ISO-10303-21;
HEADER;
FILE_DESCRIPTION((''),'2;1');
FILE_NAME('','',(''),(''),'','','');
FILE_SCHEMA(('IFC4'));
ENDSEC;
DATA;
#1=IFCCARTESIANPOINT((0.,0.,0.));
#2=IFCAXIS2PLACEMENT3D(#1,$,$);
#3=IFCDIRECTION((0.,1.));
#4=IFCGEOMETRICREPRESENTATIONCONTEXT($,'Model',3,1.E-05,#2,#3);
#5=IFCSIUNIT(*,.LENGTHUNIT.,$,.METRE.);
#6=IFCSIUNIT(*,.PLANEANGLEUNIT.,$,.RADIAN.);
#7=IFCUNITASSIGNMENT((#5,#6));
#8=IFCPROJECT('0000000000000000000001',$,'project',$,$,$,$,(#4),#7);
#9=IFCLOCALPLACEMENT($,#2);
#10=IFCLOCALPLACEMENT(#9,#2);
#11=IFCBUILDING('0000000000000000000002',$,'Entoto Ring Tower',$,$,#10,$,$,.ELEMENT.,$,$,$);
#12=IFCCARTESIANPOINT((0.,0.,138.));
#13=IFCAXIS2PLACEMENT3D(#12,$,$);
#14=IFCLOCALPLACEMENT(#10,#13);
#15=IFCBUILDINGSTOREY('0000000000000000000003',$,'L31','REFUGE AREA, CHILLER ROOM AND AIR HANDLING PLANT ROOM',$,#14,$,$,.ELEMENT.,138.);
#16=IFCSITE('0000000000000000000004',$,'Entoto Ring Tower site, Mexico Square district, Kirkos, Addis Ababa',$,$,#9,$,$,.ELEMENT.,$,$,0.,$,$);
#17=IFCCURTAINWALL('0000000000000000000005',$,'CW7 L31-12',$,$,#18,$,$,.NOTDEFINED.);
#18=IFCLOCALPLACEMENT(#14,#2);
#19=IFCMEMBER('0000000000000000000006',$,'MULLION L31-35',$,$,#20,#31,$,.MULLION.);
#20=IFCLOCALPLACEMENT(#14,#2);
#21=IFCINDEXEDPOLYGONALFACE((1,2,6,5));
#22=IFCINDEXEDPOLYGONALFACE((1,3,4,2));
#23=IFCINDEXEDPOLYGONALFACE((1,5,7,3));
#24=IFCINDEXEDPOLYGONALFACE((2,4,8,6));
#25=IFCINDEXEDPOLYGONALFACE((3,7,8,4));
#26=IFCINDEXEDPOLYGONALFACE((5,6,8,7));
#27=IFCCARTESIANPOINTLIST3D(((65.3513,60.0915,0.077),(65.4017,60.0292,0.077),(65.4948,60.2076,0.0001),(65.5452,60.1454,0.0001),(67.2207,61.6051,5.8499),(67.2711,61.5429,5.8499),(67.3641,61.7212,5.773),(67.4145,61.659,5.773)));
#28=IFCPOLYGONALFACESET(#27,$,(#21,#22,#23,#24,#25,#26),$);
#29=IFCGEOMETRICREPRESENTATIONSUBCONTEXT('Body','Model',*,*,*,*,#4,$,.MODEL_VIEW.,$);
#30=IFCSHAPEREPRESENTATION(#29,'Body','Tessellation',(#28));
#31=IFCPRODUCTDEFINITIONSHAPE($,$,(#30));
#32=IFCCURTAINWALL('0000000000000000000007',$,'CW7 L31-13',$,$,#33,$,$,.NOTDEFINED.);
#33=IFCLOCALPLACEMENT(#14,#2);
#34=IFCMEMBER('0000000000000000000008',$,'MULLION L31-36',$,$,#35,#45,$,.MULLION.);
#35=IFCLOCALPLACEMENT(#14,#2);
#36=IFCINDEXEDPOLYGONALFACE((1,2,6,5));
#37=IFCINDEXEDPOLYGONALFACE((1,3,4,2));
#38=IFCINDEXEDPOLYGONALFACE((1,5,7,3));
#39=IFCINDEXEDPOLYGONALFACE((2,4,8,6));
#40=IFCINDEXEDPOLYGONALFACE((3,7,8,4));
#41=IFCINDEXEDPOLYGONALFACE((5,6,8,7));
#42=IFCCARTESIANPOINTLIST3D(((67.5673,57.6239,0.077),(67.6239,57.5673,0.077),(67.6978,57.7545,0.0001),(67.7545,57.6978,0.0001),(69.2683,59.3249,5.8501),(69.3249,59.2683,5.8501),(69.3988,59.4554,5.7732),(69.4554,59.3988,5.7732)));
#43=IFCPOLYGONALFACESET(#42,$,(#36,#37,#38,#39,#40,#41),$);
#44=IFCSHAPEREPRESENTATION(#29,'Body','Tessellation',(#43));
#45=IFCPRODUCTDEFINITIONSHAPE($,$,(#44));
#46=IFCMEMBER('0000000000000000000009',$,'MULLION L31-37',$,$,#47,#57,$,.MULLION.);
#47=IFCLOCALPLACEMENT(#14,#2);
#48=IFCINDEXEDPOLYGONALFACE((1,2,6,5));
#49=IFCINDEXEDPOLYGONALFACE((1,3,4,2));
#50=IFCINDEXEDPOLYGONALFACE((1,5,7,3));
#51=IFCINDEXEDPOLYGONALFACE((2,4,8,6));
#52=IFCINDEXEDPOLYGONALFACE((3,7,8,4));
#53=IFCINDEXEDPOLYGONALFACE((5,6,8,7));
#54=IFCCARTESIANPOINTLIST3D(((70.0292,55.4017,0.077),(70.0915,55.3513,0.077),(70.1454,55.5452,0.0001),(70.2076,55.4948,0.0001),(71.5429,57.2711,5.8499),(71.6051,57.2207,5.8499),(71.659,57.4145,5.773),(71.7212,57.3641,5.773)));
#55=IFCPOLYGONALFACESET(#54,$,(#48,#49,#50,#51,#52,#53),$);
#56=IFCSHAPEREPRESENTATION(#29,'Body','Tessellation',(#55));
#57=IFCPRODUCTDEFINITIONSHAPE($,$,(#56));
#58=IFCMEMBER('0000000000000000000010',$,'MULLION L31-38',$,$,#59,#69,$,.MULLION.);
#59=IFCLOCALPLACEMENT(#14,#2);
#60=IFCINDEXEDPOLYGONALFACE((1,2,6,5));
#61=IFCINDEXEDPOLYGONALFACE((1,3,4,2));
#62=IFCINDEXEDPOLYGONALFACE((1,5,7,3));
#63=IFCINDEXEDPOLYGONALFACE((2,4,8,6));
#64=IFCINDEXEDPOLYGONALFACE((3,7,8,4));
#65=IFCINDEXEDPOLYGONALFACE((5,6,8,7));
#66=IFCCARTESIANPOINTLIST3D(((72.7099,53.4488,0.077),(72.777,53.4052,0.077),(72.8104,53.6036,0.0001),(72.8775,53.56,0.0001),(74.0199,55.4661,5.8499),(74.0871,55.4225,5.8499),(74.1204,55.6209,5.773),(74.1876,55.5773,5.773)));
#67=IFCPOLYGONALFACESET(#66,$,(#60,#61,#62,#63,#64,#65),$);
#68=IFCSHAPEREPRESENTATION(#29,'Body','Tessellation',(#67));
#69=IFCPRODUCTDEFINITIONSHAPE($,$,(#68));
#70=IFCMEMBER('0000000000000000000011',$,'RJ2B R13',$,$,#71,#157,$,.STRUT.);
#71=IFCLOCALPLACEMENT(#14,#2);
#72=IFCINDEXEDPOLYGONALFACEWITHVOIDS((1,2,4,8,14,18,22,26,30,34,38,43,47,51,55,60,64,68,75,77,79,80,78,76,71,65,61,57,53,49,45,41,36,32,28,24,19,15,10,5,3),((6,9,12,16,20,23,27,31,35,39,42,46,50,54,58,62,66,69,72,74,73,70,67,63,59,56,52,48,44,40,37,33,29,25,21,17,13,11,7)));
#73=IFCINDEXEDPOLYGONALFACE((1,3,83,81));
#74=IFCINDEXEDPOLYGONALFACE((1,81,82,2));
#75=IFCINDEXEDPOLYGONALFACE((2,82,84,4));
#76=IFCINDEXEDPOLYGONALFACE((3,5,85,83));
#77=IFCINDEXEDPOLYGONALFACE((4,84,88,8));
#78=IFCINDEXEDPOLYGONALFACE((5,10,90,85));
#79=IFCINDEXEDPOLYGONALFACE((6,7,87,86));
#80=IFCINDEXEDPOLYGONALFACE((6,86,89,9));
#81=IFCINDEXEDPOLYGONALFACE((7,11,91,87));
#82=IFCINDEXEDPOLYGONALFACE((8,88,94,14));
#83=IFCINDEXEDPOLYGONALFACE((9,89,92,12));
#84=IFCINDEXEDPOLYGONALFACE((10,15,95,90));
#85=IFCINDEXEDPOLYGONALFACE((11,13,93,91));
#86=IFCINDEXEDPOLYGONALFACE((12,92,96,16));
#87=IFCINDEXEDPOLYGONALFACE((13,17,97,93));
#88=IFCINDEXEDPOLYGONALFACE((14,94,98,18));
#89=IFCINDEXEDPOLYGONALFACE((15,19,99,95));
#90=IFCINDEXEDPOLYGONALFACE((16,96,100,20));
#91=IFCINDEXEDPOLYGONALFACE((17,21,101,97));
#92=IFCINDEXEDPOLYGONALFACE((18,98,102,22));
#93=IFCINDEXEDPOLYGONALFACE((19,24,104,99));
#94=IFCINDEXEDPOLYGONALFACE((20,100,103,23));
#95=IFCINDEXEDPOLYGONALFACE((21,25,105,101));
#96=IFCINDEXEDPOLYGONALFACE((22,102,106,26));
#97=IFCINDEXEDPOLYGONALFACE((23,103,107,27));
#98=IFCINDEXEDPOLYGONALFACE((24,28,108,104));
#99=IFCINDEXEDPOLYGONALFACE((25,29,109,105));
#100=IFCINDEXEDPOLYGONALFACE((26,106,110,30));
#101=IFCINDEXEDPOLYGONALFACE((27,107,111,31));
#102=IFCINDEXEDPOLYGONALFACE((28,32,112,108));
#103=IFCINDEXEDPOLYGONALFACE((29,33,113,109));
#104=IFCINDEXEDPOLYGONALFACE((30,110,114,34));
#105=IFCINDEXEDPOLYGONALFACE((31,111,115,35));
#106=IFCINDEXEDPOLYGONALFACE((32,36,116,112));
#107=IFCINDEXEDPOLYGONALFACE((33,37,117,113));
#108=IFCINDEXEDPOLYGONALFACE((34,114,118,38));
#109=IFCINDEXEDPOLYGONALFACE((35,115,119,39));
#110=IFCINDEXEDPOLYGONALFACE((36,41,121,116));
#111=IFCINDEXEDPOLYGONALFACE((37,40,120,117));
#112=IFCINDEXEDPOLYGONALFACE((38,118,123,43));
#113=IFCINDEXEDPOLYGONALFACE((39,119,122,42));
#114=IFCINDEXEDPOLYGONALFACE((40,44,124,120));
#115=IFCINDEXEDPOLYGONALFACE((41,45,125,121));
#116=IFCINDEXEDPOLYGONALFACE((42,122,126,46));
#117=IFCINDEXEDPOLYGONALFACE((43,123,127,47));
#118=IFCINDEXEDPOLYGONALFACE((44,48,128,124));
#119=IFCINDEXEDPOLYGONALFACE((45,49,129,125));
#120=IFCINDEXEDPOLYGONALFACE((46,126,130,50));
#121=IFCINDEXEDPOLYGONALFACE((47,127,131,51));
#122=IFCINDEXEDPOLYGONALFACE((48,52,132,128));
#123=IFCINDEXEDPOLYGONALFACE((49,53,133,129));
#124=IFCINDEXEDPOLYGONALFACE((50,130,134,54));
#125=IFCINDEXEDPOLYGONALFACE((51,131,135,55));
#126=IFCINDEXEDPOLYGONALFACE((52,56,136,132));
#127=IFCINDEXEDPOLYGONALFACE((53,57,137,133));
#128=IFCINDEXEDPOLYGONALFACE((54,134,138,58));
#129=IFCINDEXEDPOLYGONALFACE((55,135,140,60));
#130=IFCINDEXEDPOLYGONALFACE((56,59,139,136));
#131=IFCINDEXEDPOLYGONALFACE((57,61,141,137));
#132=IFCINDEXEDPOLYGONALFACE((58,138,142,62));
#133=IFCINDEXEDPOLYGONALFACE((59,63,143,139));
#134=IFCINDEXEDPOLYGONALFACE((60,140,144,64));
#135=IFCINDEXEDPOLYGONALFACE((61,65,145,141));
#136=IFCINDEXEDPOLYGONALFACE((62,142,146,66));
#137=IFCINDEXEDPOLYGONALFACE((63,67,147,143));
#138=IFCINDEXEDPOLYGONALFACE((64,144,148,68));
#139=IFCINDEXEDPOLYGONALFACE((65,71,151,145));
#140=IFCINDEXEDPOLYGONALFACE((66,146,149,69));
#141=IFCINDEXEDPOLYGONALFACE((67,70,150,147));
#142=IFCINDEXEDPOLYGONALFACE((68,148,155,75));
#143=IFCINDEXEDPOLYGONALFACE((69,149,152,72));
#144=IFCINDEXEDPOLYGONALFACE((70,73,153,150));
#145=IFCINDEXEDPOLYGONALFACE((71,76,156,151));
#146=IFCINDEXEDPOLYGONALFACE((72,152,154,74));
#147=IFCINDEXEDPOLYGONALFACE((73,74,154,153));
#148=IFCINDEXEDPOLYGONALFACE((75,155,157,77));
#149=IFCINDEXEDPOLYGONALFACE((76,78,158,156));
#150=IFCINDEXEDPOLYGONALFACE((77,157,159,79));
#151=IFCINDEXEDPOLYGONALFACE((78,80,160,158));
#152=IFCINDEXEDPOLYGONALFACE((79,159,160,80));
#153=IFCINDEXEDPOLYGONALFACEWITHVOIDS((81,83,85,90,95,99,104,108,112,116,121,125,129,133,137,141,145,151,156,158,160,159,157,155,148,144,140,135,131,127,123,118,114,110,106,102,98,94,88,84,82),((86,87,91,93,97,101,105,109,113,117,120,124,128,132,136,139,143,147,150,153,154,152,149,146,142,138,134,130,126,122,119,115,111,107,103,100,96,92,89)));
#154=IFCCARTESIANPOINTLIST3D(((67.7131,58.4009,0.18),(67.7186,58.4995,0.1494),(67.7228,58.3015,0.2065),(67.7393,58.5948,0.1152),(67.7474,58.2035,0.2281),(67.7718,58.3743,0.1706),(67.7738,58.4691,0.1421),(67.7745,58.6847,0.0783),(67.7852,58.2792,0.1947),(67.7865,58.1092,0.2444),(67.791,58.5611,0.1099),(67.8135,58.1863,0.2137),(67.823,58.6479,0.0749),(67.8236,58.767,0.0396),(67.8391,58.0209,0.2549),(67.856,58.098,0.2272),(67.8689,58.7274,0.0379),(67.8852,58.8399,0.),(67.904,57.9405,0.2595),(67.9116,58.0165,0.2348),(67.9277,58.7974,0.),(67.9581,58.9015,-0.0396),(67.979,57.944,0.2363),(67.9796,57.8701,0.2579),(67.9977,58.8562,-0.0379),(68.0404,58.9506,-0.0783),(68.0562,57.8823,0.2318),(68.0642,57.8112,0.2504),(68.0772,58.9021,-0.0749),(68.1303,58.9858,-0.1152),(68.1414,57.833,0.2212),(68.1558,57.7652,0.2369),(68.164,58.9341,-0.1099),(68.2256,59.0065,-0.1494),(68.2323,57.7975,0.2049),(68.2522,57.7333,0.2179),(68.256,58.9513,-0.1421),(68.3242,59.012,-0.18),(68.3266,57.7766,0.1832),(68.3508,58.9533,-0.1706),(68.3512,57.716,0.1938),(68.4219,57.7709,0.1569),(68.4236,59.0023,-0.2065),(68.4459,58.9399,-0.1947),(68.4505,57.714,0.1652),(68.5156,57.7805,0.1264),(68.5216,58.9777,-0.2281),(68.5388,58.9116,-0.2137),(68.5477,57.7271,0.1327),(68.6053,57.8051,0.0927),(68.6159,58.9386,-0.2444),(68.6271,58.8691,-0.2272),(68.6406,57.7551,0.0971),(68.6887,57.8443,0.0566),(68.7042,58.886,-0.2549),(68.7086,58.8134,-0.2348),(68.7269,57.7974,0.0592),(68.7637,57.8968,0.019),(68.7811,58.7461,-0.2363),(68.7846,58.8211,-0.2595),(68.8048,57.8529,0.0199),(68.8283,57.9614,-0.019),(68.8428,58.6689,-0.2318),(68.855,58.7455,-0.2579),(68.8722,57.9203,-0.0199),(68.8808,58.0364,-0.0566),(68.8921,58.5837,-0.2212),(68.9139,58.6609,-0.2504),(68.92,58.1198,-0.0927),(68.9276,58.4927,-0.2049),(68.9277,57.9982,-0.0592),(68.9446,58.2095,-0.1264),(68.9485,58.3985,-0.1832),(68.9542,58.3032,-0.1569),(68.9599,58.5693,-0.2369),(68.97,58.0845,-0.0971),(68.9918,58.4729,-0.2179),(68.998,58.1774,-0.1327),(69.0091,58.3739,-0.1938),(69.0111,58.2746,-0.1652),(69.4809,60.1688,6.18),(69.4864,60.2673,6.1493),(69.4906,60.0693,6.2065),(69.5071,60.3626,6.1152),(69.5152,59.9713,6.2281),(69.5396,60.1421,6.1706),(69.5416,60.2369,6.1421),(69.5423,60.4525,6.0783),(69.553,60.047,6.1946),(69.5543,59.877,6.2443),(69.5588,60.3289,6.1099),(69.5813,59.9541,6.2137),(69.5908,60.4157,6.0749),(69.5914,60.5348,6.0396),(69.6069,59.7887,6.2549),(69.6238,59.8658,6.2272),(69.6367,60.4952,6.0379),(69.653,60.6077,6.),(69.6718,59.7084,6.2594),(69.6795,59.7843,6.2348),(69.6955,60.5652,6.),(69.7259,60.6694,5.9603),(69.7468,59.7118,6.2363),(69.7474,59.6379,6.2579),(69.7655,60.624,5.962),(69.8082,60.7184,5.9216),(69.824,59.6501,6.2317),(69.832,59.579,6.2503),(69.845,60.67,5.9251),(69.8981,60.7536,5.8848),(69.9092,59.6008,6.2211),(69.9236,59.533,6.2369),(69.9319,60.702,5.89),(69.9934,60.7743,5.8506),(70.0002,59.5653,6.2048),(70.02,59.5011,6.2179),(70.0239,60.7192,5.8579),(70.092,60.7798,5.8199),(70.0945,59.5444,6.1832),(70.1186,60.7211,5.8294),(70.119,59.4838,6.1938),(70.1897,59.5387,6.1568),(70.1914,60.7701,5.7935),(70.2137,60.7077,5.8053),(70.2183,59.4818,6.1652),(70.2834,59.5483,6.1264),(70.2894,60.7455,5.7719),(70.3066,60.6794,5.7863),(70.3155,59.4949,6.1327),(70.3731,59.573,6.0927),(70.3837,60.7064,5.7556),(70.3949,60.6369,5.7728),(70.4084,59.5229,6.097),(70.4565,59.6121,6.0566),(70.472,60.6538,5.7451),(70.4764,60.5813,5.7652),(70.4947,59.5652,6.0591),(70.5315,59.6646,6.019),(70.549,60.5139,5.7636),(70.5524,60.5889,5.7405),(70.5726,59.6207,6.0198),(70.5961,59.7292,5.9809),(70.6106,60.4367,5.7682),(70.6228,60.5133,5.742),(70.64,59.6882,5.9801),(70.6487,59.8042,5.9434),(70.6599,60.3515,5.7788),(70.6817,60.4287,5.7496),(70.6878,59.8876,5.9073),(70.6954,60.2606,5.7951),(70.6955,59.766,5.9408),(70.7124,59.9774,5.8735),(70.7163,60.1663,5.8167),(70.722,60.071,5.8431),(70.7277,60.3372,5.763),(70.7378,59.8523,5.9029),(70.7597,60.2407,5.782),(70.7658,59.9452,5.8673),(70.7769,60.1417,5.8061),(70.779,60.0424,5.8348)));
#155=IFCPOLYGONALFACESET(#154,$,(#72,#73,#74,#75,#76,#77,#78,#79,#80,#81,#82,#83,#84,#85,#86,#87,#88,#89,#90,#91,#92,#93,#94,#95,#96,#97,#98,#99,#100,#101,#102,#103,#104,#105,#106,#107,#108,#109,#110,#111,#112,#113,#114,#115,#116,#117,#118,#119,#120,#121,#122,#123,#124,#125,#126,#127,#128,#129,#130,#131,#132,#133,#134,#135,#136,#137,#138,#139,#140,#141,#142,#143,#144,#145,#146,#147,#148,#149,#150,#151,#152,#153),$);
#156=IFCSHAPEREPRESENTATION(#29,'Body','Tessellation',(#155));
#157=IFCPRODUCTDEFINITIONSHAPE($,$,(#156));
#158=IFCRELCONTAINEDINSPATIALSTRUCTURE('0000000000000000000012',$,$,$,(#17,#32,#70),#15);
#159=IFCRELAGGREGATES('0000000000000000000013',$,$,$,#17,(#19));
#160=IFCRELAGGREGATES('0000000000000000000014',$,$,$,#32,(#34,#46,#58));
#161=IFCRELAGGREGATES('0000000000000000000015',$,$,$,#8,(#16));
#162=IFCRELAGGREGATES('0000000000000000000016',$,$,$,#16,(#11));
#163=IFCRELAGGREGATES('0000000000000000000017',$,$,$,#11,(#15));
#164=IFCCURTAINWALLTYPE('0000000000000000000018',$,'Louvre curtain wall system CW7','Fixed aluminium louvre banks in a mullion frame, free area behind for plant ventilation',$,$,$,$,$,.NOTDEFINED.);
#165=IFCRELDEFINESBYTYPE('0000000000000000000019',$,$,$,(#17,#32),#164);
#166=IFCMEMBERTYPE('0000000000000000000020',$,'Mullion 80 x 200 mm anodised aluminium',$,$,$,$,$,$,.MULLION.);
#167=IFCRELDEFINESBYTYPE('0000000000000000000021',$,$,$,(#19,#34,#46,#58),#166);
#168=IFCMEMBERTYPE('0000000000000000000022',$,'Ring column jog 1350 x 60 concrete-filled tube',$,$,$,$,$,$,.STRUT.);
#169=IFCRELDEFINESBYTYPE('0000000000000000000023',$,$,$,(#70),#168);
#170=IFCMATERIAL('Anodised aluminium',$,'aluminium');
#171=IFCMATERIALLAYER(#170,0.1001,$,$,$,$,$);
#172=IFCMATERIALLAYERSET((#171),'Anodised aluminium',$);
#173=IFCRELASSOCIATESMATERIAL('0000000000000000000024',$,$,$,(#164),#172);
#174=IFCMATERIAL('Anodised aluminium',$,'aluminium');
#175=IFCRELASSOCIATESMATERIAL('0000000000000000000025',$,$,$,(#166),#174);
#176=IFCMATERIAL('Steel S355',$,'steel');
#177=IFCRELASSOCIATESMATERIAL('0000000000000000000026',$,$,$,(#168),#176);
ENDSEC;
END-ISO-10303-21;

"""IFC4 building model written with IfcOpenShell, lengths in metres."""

from ifc_helpers import new_model, si_unit, direction, frame, origin, origin_2d, place, context, subcontext, project, spatial, rectangle, circle, hollow_circle, extrude, material, layer, layer_set, material_profile, profile_set, type_object, element, aggregate, save


model = new_model("IFC4")

# Units and contexts
model_context = context("Model", 3, precision=1e-05, world=origin(), true_north=direction((0.0, 1.0)))
body_context = subcontext(model_context, "Body", "Model", "MODEL_VIEW")
ifc_project = project(units=[si_unit("LENGTHUNIT", "METRE"), si_unit("PLANEANGLEUNIT", "RADIAN")], contexts=[model_context])

# Site, building, storey
site_placement = place(None, origin())
site = spatial("IfcSite", under=ifc_project, at=site_placement, Name="Entoto Ring Tower site, Mexico Square district, Kirkos, Addis Ababa", CompositionType="ELEMENT", RefElevation=0.0)
building_placement = place(site_placement, origin())
building = spatial("IfcBuilding", under=site, at=building_placement, Name="Entoto Ring Tower", CompositionType="ELEMENT")
storey_placement = place(building_placement, frame((0.0, 0.0, 138.0)))
storey = spatial("IfcBuildingStorey", under=building, at=storey_placement, Name="L31", Description="REFUGE AREA, CHILLER ROOM AND AIR HANDLING PLANT ROOM", CompositionType="ELEMENT", Elevation=138.0)

# Curtain wall, member
ifc_material_1 = material(Name="Anodised aluminium", Category="aluminium")
ifc_layer_1 = layer(ifc_material_1, 0.1001)
ifc_layer_set_1 = layer_set([ifc_layer_1], Name="Anodised aluminium")
curtain_wall_type = type_object("IfcCurtainWallType", Name="Louvre curtain wall system CW7", Description="Fixed aluminium louvre banks in a mullion frame, free area behind for plant ventilation", PredefinedType="NOTDEFINED", material=ifc_layer_set_1)
curtain_wall_1_placement = place(storey_placement, origin())
curtain_wall_1 = element("IfcCurtainWall", 1, at=curtain_wall_1_placement, inside=storey, type_object=curtain_wall_type, Name="CW7 L31-12", PredefinedType="NOTDEFINED")
ifc_material_2 = material(Name="Anodised aluminium", Category="aluminium")
ifc_material_profile_1 = material_profile(ifc_material_2, rectangle(XDim=0.0801, YDim=0.2, at=origin_2d()), Name="Mullion 80 x 200 mm anodised aluminium")
ifc_profile_set_1 = profile_set([ifc_material_profile_1], Name="Anodised aluminium")
member_type_1 = type_object("IfcMemberType", Name="Mullion 80 x 200 mm anodised aluminium", PredefinedType="MULLION", material=ifc_profile_set_1)
member_1_placement = place(storey_placement, frame((65.4482, 60.1184, 0.0386), z_axis=(0.298909, 0.242032, 0.923078), x_axis=(-0.629289, 0.777172, 0.0)))
member_1 = element("IfcMember", 2, at=member_1_placement, type_object=member_type_1, Name="MULLION L31-35", PredefinedType="MULLION", context=body_context, shape_type="SweptSolid", body=[
    extrude(rectangle(XDim=0.0801, YDim=0.2, at=origin_2d()), origin(), (0.0, 0.0, 1.0), 6.2539),
])
aggregate(curtain_wall_1, [member_1])

# Curtain wall, members
curtain_wall_2_placement = place(storey_placement, origin())
curtain_wall_2 = element("IfcCurtainWall", 3, at=curtain_wall_2_placement, inside=storey, type_object=curtain_wall_type, Name="CW7 L31-13", PredefinedType="NOTDEFINED")
member_2_placement = place(storey_placement, frame((67.6609, 57.6609, 0.0386), z_axis=(0.271972, 0.271972, 0.923072), x_axis=(-0.707107, 0.707107, 0.0)))
member_2 = element("IfcMember", 4, at=member_2_placement, type_object=member_type_1, Name="MULLION L31-36", PredefinedType="MULLION", context=body_context, shape_type="SweptSolid", body=[
    extrude(rectangle(XDim=0.0801, YDim=0.2, at=origin_2d()), origin(), (0.0, 0.0, 1.0), 6.2542),
])
member_3_placement = place(storey_placement, frame((70.1184, 55.4482, 0.0386), z_axis=(0.242032, 0.298909, 0.923078), x_axis=(-0.777172, 0.629289, 0.0)))
member_3 = element("IfcMember", 5, at=member_3_placement, type_object=member_type_1, Name="MULLION L31-37", PredefinedType="MULLION", context=body_context, shape_type="SweptSolid", body=[
    extrude(rectangle(XDim=0.0801, YDim=0.2, at=origin_2d()), origin(), (0.0, 0.0, 1.0), 6.2539),
])
member_4_placement = place(storey_placement, frame((72.7937, 53.5044, 0.0386), z_axis=(0.209474, 0.322566, 0.923077), x_axis=(-0.838673, 0.544635, 0.0)))
member_4 = element("IfcMember", 6, at=member_4_placement, type_object=member_type_1, Name="MULLION L31-38", PredefinedType="MULLION", context=body_context, shape_type="SweptSolid", body=[
    extrude(rectangle(XDim=0.0801, YDim=0.2, at=origin_2d()), origin(), (0.0, 0.0, 1.0), 6.2539),
])
aggregate(curtain_wall_2, [member_2, member_3, member_4])

# Member
ifc_material_3 = material(Name="Steel S355", Category="steel")
ifc_material_profile_2 = material_profile(ifc_material_3, hollow_circle(Radius=0.675, WallThickness=0.0601, at=origin_2d()), Name="CHS 1350 x 60")
ifc_material_4 = material(Name="Concrete C60/75", Category="concrete")
ifc_material_profile_3 = material_profile(ifc_material_4, circle(Radius=0.615, at=origin_2d()), Name="Concrete C60/75 infill")
ifc_profile_set_2 = profile_set([ifc_material_profile_2, ifc_material_profile_3], Name="Steel S355")
member_type_2 = type_object("IfcMemberType", Name="Ring column jog 1350 x 60 concrete-filled tube", PredefinedType="STRUT", material=ifc_profile_set_2)
member_5_placement = place(storey_placement, frame((68.3625, 58.3625, 0.0), z_axis=(0.271971, 0.271971, 0.923073), x_axis=(-0.707107, 0.707107, 0.0)))
element("IfcMember", 7, at=member_5_placement, inside=storey, type_object=member_type_2, Name="RJ2B R13", PredefinedType="STRUT", context=body_context, shape_type="SweptSolid", body=[
    extrude(hollow_circle(Radius=0.675, WallThickness=0.0601, at=origin_2d()), origin(), (0.0, 0.0, 1.0), 6.5),
])

save(model, "model.ifc")
